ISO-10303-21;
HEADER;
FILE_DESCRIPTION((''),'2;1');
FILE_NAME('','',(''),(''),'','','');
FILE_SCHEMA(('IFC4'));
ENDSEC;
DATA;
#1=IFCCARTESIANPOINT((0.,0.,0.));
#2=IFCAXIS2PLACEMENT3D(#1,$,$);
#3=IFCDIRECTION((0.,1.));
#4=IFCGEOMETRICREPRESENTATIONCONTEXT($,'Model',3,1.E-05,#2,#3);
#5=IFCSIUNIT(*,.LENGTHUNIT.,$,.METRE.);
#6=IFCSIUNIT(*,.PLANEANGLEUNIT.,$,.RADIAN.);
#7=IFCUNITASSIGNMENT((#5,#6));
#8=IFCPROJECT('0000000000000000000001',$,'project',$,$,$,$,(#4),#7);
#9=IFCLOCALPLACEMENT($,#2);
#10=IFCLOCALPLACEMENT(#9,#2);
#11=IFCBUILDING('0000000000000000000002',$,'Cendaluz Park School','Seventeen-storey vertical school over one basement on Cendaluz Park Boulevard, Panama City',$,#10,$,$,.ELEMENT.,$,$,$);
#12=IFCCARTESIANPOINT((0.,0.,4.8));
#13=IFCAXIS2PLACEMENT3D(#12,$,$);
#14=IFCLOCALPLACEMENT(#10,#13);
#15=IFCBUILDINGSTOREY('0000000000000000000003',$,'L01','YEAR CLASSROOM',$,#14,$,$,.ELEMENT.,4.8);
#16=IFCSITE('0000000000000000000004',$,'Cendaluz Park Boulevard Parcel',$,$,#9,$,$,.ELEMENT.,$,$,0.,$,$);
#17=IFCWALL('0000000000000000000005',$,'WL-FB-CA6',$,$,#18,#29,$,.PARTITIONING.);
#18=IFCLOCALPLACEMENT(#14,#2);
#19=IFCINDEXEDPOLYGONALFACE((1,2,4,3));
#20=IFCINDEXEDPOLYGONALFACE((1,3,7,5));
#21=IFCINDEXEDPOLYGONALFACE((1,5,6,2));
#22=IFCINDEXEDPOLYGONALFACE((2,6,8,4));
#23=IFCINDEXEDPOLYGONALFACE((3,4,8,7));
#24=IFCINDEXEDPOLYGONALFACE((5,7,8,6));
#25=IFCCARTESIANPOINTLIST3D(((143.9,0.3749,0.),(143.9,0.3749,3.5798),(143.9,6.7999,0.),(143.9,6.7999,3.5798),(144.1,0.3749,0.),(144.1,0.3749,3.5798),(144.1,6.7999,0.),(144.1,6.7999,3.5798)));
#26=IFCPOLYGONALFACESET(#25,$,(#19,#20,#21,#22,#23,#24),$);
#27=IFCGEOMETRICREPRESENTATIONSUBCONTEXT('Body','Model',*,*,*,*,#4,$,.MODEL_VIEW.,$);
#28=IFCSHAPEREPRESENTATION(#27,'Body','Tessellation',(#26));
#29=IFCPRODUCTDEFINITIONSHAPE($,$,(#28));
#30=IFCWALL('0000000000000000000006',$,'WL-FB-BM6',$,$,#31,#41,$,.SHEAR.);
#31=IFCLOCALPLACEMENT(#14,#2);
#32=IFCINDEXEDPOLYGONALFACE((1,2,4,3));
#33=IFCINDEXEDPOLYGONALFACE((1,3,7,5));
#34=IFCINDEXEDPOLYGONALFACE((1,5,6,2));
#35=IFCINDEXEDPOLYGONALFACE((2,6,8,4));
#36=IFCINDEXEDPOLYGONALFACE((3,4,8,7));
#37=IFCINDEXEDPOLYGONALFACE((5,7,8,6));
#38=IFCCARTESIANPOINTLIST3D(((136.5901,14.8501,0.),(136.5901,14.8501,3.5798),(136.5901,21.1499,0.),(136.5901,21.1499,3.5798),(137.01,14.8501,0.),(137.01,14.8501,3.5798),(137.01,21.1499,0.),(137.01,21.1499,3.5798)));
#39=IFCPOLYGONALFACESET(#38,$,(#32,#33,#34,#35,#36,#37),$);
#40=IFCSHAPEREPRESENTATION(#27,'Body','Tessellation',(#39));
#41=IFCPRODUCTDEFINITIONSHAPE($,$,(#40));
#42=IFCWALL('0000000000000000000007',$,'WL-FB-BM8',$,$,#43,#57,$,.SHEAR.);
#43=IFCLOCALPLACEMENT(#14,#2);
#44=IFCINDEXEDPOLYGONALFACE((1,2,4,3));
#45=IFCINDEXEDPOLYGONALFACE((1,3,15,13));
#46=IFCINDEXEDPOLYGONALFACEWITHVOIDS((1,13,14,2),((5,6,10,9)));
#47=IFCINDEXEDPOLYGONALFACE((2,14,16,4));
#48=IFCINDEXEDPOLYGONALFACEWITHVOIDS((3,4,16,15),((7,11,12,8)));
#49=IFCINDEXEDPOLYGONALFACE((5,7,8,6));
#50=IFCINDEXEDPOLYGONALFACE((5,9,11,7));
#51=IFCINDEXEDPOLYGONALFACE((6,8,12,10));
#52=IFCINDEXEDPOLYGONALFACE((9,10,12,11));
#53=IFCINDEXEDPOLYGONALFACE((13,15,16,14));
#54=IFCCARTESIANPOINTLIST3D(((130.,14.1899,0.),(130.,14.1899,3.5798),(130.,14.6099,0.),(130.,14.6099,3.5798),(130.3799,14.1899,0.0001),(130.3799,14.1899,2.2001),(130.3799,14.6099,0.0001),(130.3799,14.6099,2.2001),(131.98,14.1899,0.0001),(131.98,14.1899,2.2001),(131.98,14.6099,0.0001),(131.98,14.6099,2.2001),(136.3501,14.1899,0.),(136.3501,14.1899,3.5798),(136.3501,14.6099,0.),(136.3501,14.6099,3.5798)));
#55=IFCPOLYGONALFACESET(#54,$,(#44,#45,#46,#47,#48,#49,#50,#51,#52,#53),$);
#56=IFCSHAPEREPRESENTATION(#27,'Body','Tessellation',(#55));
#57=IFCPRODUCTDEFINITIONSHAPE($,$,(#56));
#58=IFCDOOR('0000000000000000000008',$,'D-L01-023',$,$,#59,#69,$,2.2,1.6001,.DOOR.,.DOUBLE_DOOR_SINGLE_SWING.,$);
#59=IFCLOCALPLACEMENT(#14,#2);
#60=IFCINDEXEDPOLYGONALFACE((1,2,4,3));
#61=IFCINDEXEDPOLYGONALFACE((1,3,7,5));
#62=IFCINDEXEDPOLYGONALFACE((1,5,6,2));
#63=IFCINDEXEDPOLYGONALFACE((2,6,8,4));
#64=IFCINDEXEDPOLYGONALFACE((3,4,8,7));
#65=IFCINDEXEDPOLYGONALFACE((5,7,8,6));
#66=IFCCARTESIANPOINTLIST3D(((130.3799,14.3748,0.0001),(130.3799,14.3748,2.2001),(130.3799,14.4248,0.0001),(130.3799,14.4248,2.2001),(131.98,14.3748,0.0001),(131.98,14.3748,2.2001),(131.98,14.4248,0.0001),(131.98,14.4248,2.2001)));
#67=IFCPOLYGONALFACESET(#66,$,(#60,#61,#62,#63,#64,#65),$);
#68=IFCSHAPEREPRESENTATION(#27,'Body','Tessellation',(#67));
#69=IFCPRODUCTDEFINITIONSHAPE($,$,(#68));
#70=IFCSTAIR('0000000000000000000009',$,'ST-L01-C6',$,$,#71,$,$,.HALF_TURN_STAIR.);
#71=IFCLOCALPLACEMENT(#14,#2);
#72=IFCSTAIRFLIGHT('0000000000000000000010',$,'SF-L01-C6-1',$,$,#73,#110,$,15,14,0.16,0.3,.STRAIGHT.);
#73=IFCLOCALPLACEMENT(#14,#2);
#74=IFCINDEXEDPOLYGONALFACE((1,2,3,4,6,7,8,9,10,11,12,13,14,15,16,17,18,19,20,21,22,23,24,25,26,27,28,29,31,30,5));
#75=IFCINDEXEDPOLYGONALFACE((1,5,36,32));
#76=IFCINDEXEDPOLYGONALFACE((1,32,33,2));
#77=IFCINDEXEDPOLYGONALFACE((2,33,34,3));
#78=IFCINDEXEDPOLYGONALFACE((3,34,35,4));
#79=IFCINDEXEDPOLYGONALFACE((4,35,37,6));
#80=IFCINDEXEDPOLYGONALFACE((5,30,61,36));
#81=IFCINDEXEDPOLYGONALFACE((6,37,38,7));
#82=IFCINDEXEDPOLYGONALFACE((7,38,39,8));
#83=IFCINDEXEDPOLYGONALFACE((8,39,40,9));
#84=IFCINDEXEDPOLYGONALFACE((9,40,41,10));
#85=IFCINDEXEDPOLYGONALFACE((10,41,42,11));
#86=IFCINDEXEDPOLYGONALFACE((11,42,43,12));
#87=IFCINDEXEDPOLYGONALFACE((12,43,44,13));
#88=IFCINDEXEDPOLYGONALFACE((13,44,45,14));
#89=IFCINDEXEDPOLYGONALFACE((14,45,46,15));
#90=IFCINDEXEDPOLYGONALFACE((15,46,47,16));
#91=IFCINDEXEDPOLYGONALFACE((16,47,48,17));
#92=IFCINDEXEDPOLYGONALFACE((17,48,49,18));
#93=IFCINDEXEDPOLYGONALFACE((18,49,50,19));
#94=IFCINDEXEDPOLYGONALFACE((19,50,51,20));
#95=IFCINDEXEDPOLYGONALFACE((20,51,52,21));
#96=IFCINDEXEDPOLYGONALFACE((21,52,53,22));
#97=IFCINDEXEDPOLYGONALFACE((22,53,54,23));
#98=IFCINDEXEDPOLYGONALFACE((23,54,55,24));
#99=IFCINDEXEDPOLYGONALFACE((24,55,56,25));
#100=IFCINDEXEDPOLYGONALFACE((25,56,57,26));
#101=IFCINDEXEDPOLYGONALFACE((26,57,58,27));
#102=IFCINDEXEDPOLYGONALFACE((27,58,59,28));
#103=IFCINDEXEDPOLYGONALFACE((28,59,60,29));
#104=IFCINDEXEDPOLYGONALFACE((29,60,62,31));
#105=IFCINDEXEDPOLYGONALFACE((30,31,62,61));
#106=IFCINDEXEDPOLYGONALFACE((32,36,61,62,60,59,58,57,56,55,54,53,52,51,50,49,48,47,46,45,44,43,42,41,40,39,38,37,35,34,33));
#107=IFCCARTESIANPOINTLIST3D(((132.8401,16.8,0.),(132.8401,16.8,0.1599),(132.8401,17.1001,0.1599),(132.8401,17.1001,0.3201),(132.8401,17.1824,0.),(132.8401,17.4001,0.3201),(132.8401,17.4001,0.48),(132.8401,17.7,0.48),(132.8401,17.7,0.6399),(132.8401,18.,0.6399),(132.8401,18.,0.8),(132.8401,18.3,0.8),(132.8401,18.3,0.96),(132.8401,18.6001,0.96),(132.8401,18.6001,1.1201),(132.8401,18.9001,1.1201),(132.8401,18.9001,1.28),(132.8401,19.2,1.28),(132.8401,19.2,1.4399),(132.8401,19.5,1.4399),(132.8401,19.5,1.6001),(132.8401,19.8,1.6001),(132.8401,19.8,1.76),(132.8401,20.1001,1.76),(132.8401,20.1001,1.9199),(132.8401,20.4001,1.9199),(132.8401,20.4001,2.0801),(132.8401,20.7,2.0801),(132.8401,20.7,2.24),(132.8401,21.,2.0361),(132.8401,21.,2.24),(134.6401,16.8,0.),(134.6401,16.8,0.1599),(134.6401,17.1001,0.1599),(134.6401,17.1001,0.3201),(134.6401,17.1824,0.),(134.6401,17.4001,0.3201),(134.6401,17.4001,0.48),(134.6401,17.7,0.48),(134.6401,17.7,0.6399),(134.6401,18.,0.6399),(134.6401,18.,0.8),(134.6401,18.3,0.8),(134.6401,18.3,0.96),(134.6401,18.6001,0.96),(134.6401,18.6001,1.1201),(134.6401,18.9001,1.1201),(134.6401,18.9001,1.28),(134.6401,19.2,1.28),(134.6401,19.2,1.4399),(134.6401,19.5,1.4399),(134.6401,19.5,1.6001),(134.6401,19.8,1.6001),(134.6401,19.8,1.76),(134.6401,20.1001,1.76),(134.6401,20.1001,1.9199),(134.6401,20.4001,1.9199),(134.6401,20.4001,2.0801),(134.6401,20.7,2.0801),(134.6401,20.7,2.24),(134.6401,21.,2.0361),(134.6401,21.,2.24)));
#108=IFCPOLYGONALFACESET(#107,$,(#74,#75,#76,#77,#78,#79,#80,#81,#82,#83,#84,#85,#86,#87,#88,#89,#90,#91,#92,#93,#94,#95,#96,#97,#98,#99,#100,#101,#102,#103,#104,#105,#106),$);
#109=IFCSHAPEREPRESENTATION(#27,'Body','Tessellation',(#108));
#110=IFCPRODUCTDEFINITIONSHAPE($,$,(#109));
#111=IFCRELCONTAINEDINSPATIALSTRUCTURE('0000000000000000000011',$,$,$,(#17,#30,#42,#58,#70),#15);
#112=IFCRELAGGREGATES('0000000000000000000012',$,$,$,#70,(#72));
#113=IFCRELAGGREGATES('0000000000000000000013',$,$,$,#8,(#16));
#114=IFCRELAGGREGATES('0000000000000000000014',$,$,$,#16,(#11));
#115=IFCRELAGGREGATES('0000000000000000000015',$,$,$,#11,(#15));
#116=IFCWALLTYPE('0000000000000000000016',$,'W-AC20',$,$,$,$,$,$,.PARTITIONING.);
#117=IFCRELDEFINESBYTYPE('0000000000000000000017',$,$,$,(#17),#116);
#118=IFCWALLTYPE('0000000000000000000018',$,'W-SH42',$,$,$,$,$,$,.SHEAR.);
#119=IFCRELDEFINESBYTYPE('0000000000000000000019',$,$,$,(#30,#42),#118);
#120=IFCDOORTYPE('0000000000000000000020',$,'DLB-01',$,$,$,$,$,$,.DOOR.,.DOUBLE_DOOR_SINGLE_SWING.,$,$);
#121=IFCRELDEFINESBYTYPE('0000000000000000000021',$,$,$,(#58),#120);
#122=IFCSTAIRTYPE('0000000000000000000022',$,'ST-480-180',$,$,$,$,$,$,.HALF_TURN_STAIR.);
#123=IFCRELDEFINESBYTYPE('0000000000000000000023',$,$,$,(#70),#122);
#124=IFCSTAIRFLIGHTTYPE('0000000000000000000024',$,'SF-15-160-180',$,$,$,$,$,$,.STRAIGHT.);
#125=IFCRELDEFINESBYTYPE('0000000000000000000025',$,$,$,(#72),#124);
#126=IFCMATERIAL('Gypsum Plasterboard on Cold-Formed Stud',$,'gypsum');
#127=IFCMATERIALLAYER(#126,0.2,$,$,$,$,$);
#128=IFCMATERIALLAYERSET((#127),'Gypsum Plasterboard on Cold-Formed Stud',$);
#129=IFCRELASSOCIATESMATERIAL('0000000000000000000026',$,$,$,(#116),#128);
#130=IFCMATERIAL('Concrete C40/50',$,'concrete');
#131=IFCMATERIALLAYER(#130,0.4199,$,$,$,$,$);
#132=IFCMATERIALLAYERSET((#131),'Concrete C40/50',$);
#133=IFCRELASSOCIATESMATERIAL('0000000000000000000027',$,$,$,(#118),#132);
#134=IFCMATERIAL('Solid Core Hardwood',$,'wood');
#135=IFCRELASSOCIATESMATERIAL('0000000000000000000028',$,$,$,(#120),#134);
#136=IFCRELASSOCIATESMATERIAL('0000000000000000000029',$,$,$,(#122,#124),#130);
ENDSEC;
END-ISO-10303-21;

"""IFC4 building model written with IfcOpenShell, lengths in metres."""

from ifc_helpers import new_model, si_unit, direction, frame, frame_2d, origin, place, context, subcontext, project, spatial, polyline, rectangle, outline, extrude, material, layer, layer_set, type_object, element, fill, aggregate, save


model = new_model("IFC4")

# Units and contexts
model_context = context("Model", 3, precision=1e-05, world=origin(), true_north=direction((0.0, 1.0)))
body_context = subcontext(model_context, "Body", "Model", "MODEL_VIEW")
ifc_project = project(units=[si_unit("LENGTHUNIT", "METRE"), si_unit("PLANEANGLEUNIT", "RADIAN")], contexts=[model_context])

# Site, building, storey
site_placement = place(None, origin())
site = spatial("IfcSite", under=ifc_project, at=site_placement, Name="Cendaluz Park Boulevard Parcel", CompositionType="ELEMENT", RefElevation=0.0)
building_placement = place(site_placement, origin())
building = spatial("IfcBuilding", under=site, at=building_placement, Name="Cendaluz Park School", Description="Seventeen-storey vertical school over one basement on Cendaluz Park Boulevard, Panama City", CompositionType="ELEMENT")
storey_placement = place(building_placement, frame((0.0, 0.0, 4.8)))
storey = spatial("IfcBuildingStorey", under=building, at=storey_placement, Name="L01", Description="YEAR CLASSROOM", CompositionType="ELEMENT", Elevation=4.8)

# Shared definitions
ifc_material_1 = material(Name="Concrete C40/50", Category="concrete")

# Shared definitions
ifc_material_2 = material(Name="Gypsum Plasterboard on Cold-Formed Stud", Category="gypsum")
ifc_layer_1 = layer(ifc_material_2, 0.2)
ifc_layer_set_1 = layer_set([ifc_layer_1], Name="Gypsum Plasterboard on Cold-Formed Stud")
wall_type_1 = type_object("IfcWallType", Name="W-AC20", PredefinedType="PARTITIONING", material=ifc_layer_set_1)
ifc_material_3 = material(Name="Solid Core Hardwood", Category="wood")

# Wall
wall_1_placement = place(storey_placement, frame((144.0, 0.375, 0.0), z_axis=(0.0, 0.0, 1.0), x_axis=(0.0, 1.0, 0.0)))
element("IfcWall", 1, at=wall_1_placement, inside=storey, type_object=wall_type_1, Name="WL-FB-CA6", PredefinedType="PARTITIONING", context=body_context, shape_type="SweptSolid", body=[
    extrude(rectangle(XDim=6.425, YDim=0.2, at=frame_2d((3.2124, 0.0))), origin(), (0.0, 0.0, 1.0), 3.5798),
])

# Wall
ifc_layer_2 = layer(ifc_material_1, 0.4199)
ifc_layer_set_2 = layer_set([ifc_layer_2], Name="Concrete C40/50")
wall_type_2 = type_object("IfcWallType", Name="W-SH42", PredefinedType="SHEAR", material=ifc_layer_set_2)
wall_2_placement = place(storey_placement, frame((136.8, 14.8501, 0.0), z_axis=(0.0, 0.0, 1.0), x_axis=(0.0, 1.0, 0.0)))
element("IfcWall", 2, at=wall_2_placement, inside=storey, type_object=wall_type_2, Name="WL-FB-BM6", PredefinedType="SHEAR", context=body_context, shape_type="SweptSolid", body=[
    extrude(rectangle(XDim=6.2998, YDim=0.4199, at=frame_2d((3.1499, 0.0))), origin(), (0.0, 0.0, 1.0), 3.5798),
])

# Wall, opening, door
wall_3_placement = place(storey_placement, frame((130.0, 14.3999, 0.0), z_axis=(0.0, 0.0, 1.0), x_axis=(1.0, 0.0, 0.0)))
wall_3 = element("IfcWall", 3, at=wall_3_placement, inside=storey, type_object=wall_type_2, Name="WL-FB-BM8", PredefinedType="SHEAR", context=body_context, shape_type="SweptSolid", body=[
    extrude(rectangle(XDim=6.3501, YDim=0.4199, at=frame_2d((3.175, 0.0))), origin(), (0.0, 0.0, 1.0), 3.5798),
])
opening_1_placement = place(wall_3_placement, frame((0.3799, 0.0, 0.0)))
opening_1 = element("IfcOpeningElement", 4, at=opening_1_placement, cuts=wall_3, PredefinedType="OPENING", context=body_context, shape_type="SweptSolid", body=[
    extrude(rectangle(XDim=1.6001, YDim=2.2, at=frame_2d((0.8, 1.1001))), frame((0.0, 0.2219, 0.0), z_axis=(0.0, -1.0, 0.0), x_axis=(1.0, 0.0, 0.0)), (0.0, 0.0, 1.0), 0.4438),
])
door_type_1 = type_object("IfcDoorType", Name="DLB-01", OperationType="DOUBLE_DOOR_SINGLE_SWING", PredefinedType="DOOR", material=ifc_material_3)
door_1_placement = place(opening_1_placement, origin())
door_1 = element("IfcDoor", 5, at=door_1_placement, inside=storey, type_object=door_type_1, Name="D-L01-023", OperationType="DOUBLE_DOOR_SINGLE_SWING", OverallHeight=2.2, OverallWidth=1.6001, PredefinedType="DOOR", context=body_context, shape_type="SweptSolid", body=[
    extrude(rectangle(XDim=1.6001, YDim=2.2, at=frame_2d((0.8, 1.1001))), frame((0.0, 0.0249, 0.0), z_axis=(0.0, -1.0, 0.0), x_axis=(1.0, 0.0, 0.0)), (0.0, 0.0, 1.0), 0.05),
])
fill(opening_1, door_1)

# Stair, stair flight
stair_type = type_object("IfcStairType", Name="ST-480-180", PredefinedType="HALF_TURN_STAIR", material=ifc_material_1)
stair_placement = place(storey_placement, origin())
stair = element("IfcStair", 6, at=stair_placement, inside=storey, type_object=stair_type, Name="ST-L01-C6", PredefinedType="HALF_TURN_STAIR")
stair_flight_type = type_object("IfcStairFlightType", Name="SF-15-160-180", PredefinedType="STRAIGHT", material=ifc_material_1)
stair_flight_placement = place(storey_placement, frame((133.74, 16.8, 0.0), z_axis=(0.0, 0.0, 1.0), x_axis=(0.0, 1.0, 0.0)))
stair_flight = element("IfcStairFlight", 7, at=stair_flight_placement, type_object=stair_flight_type, Name="SF-L01-C6-1", NumberOfRisers=15, NumberOfTreads=14, PredefinedType="STRAIGHT", RiserHeight=0.16, TreadLength=0.3, context=body_context, shape_type="SweptSolid", body=[
    extrude(outline(polyline([(0.0, 0.0), (0.0, 0.1599), (0.3, 0.1599), (0.3, 0.3201), (0.6001, 0.3201), (0.6001, 0.48), (0.8999, 0.48), (0.8999, 0.6399), (1.2, 0.6399), (1.2, 0.8), (1.5, 0.8), (1.5, 0.96), (1.8, 0.96), (1.8, 1.1201), (2.1001, 1.1201), (2.1001, 1.28), (2.3999, 1.28), (2.3999, 1.4399), (2.7, 1.4399), (2.7, 1.6001), (3.0, 1.6001), (3.0, 1.76), (3.3, 1.76), (3.3, 1.9199), (3.6001, 1.9199), (3.6001, 2.0801), (3.8999, 2.0801), (3.8999, 2.24), (4.2, 2.24), (4.2, 2.3999), (4.2, 2.0361), (0.3823, 0.0), (0.0, 0.0)])), frame((0.0, 0.8999, 0.0), z_axis=(0.0, -1.0, 0.0), x_axis=(1.0, 0.0, 0.0)), (0.0, 0.0, 1.0), 1.8),
])
aggregate(stair, [stair_flight])

save(model, "model.ifc")
